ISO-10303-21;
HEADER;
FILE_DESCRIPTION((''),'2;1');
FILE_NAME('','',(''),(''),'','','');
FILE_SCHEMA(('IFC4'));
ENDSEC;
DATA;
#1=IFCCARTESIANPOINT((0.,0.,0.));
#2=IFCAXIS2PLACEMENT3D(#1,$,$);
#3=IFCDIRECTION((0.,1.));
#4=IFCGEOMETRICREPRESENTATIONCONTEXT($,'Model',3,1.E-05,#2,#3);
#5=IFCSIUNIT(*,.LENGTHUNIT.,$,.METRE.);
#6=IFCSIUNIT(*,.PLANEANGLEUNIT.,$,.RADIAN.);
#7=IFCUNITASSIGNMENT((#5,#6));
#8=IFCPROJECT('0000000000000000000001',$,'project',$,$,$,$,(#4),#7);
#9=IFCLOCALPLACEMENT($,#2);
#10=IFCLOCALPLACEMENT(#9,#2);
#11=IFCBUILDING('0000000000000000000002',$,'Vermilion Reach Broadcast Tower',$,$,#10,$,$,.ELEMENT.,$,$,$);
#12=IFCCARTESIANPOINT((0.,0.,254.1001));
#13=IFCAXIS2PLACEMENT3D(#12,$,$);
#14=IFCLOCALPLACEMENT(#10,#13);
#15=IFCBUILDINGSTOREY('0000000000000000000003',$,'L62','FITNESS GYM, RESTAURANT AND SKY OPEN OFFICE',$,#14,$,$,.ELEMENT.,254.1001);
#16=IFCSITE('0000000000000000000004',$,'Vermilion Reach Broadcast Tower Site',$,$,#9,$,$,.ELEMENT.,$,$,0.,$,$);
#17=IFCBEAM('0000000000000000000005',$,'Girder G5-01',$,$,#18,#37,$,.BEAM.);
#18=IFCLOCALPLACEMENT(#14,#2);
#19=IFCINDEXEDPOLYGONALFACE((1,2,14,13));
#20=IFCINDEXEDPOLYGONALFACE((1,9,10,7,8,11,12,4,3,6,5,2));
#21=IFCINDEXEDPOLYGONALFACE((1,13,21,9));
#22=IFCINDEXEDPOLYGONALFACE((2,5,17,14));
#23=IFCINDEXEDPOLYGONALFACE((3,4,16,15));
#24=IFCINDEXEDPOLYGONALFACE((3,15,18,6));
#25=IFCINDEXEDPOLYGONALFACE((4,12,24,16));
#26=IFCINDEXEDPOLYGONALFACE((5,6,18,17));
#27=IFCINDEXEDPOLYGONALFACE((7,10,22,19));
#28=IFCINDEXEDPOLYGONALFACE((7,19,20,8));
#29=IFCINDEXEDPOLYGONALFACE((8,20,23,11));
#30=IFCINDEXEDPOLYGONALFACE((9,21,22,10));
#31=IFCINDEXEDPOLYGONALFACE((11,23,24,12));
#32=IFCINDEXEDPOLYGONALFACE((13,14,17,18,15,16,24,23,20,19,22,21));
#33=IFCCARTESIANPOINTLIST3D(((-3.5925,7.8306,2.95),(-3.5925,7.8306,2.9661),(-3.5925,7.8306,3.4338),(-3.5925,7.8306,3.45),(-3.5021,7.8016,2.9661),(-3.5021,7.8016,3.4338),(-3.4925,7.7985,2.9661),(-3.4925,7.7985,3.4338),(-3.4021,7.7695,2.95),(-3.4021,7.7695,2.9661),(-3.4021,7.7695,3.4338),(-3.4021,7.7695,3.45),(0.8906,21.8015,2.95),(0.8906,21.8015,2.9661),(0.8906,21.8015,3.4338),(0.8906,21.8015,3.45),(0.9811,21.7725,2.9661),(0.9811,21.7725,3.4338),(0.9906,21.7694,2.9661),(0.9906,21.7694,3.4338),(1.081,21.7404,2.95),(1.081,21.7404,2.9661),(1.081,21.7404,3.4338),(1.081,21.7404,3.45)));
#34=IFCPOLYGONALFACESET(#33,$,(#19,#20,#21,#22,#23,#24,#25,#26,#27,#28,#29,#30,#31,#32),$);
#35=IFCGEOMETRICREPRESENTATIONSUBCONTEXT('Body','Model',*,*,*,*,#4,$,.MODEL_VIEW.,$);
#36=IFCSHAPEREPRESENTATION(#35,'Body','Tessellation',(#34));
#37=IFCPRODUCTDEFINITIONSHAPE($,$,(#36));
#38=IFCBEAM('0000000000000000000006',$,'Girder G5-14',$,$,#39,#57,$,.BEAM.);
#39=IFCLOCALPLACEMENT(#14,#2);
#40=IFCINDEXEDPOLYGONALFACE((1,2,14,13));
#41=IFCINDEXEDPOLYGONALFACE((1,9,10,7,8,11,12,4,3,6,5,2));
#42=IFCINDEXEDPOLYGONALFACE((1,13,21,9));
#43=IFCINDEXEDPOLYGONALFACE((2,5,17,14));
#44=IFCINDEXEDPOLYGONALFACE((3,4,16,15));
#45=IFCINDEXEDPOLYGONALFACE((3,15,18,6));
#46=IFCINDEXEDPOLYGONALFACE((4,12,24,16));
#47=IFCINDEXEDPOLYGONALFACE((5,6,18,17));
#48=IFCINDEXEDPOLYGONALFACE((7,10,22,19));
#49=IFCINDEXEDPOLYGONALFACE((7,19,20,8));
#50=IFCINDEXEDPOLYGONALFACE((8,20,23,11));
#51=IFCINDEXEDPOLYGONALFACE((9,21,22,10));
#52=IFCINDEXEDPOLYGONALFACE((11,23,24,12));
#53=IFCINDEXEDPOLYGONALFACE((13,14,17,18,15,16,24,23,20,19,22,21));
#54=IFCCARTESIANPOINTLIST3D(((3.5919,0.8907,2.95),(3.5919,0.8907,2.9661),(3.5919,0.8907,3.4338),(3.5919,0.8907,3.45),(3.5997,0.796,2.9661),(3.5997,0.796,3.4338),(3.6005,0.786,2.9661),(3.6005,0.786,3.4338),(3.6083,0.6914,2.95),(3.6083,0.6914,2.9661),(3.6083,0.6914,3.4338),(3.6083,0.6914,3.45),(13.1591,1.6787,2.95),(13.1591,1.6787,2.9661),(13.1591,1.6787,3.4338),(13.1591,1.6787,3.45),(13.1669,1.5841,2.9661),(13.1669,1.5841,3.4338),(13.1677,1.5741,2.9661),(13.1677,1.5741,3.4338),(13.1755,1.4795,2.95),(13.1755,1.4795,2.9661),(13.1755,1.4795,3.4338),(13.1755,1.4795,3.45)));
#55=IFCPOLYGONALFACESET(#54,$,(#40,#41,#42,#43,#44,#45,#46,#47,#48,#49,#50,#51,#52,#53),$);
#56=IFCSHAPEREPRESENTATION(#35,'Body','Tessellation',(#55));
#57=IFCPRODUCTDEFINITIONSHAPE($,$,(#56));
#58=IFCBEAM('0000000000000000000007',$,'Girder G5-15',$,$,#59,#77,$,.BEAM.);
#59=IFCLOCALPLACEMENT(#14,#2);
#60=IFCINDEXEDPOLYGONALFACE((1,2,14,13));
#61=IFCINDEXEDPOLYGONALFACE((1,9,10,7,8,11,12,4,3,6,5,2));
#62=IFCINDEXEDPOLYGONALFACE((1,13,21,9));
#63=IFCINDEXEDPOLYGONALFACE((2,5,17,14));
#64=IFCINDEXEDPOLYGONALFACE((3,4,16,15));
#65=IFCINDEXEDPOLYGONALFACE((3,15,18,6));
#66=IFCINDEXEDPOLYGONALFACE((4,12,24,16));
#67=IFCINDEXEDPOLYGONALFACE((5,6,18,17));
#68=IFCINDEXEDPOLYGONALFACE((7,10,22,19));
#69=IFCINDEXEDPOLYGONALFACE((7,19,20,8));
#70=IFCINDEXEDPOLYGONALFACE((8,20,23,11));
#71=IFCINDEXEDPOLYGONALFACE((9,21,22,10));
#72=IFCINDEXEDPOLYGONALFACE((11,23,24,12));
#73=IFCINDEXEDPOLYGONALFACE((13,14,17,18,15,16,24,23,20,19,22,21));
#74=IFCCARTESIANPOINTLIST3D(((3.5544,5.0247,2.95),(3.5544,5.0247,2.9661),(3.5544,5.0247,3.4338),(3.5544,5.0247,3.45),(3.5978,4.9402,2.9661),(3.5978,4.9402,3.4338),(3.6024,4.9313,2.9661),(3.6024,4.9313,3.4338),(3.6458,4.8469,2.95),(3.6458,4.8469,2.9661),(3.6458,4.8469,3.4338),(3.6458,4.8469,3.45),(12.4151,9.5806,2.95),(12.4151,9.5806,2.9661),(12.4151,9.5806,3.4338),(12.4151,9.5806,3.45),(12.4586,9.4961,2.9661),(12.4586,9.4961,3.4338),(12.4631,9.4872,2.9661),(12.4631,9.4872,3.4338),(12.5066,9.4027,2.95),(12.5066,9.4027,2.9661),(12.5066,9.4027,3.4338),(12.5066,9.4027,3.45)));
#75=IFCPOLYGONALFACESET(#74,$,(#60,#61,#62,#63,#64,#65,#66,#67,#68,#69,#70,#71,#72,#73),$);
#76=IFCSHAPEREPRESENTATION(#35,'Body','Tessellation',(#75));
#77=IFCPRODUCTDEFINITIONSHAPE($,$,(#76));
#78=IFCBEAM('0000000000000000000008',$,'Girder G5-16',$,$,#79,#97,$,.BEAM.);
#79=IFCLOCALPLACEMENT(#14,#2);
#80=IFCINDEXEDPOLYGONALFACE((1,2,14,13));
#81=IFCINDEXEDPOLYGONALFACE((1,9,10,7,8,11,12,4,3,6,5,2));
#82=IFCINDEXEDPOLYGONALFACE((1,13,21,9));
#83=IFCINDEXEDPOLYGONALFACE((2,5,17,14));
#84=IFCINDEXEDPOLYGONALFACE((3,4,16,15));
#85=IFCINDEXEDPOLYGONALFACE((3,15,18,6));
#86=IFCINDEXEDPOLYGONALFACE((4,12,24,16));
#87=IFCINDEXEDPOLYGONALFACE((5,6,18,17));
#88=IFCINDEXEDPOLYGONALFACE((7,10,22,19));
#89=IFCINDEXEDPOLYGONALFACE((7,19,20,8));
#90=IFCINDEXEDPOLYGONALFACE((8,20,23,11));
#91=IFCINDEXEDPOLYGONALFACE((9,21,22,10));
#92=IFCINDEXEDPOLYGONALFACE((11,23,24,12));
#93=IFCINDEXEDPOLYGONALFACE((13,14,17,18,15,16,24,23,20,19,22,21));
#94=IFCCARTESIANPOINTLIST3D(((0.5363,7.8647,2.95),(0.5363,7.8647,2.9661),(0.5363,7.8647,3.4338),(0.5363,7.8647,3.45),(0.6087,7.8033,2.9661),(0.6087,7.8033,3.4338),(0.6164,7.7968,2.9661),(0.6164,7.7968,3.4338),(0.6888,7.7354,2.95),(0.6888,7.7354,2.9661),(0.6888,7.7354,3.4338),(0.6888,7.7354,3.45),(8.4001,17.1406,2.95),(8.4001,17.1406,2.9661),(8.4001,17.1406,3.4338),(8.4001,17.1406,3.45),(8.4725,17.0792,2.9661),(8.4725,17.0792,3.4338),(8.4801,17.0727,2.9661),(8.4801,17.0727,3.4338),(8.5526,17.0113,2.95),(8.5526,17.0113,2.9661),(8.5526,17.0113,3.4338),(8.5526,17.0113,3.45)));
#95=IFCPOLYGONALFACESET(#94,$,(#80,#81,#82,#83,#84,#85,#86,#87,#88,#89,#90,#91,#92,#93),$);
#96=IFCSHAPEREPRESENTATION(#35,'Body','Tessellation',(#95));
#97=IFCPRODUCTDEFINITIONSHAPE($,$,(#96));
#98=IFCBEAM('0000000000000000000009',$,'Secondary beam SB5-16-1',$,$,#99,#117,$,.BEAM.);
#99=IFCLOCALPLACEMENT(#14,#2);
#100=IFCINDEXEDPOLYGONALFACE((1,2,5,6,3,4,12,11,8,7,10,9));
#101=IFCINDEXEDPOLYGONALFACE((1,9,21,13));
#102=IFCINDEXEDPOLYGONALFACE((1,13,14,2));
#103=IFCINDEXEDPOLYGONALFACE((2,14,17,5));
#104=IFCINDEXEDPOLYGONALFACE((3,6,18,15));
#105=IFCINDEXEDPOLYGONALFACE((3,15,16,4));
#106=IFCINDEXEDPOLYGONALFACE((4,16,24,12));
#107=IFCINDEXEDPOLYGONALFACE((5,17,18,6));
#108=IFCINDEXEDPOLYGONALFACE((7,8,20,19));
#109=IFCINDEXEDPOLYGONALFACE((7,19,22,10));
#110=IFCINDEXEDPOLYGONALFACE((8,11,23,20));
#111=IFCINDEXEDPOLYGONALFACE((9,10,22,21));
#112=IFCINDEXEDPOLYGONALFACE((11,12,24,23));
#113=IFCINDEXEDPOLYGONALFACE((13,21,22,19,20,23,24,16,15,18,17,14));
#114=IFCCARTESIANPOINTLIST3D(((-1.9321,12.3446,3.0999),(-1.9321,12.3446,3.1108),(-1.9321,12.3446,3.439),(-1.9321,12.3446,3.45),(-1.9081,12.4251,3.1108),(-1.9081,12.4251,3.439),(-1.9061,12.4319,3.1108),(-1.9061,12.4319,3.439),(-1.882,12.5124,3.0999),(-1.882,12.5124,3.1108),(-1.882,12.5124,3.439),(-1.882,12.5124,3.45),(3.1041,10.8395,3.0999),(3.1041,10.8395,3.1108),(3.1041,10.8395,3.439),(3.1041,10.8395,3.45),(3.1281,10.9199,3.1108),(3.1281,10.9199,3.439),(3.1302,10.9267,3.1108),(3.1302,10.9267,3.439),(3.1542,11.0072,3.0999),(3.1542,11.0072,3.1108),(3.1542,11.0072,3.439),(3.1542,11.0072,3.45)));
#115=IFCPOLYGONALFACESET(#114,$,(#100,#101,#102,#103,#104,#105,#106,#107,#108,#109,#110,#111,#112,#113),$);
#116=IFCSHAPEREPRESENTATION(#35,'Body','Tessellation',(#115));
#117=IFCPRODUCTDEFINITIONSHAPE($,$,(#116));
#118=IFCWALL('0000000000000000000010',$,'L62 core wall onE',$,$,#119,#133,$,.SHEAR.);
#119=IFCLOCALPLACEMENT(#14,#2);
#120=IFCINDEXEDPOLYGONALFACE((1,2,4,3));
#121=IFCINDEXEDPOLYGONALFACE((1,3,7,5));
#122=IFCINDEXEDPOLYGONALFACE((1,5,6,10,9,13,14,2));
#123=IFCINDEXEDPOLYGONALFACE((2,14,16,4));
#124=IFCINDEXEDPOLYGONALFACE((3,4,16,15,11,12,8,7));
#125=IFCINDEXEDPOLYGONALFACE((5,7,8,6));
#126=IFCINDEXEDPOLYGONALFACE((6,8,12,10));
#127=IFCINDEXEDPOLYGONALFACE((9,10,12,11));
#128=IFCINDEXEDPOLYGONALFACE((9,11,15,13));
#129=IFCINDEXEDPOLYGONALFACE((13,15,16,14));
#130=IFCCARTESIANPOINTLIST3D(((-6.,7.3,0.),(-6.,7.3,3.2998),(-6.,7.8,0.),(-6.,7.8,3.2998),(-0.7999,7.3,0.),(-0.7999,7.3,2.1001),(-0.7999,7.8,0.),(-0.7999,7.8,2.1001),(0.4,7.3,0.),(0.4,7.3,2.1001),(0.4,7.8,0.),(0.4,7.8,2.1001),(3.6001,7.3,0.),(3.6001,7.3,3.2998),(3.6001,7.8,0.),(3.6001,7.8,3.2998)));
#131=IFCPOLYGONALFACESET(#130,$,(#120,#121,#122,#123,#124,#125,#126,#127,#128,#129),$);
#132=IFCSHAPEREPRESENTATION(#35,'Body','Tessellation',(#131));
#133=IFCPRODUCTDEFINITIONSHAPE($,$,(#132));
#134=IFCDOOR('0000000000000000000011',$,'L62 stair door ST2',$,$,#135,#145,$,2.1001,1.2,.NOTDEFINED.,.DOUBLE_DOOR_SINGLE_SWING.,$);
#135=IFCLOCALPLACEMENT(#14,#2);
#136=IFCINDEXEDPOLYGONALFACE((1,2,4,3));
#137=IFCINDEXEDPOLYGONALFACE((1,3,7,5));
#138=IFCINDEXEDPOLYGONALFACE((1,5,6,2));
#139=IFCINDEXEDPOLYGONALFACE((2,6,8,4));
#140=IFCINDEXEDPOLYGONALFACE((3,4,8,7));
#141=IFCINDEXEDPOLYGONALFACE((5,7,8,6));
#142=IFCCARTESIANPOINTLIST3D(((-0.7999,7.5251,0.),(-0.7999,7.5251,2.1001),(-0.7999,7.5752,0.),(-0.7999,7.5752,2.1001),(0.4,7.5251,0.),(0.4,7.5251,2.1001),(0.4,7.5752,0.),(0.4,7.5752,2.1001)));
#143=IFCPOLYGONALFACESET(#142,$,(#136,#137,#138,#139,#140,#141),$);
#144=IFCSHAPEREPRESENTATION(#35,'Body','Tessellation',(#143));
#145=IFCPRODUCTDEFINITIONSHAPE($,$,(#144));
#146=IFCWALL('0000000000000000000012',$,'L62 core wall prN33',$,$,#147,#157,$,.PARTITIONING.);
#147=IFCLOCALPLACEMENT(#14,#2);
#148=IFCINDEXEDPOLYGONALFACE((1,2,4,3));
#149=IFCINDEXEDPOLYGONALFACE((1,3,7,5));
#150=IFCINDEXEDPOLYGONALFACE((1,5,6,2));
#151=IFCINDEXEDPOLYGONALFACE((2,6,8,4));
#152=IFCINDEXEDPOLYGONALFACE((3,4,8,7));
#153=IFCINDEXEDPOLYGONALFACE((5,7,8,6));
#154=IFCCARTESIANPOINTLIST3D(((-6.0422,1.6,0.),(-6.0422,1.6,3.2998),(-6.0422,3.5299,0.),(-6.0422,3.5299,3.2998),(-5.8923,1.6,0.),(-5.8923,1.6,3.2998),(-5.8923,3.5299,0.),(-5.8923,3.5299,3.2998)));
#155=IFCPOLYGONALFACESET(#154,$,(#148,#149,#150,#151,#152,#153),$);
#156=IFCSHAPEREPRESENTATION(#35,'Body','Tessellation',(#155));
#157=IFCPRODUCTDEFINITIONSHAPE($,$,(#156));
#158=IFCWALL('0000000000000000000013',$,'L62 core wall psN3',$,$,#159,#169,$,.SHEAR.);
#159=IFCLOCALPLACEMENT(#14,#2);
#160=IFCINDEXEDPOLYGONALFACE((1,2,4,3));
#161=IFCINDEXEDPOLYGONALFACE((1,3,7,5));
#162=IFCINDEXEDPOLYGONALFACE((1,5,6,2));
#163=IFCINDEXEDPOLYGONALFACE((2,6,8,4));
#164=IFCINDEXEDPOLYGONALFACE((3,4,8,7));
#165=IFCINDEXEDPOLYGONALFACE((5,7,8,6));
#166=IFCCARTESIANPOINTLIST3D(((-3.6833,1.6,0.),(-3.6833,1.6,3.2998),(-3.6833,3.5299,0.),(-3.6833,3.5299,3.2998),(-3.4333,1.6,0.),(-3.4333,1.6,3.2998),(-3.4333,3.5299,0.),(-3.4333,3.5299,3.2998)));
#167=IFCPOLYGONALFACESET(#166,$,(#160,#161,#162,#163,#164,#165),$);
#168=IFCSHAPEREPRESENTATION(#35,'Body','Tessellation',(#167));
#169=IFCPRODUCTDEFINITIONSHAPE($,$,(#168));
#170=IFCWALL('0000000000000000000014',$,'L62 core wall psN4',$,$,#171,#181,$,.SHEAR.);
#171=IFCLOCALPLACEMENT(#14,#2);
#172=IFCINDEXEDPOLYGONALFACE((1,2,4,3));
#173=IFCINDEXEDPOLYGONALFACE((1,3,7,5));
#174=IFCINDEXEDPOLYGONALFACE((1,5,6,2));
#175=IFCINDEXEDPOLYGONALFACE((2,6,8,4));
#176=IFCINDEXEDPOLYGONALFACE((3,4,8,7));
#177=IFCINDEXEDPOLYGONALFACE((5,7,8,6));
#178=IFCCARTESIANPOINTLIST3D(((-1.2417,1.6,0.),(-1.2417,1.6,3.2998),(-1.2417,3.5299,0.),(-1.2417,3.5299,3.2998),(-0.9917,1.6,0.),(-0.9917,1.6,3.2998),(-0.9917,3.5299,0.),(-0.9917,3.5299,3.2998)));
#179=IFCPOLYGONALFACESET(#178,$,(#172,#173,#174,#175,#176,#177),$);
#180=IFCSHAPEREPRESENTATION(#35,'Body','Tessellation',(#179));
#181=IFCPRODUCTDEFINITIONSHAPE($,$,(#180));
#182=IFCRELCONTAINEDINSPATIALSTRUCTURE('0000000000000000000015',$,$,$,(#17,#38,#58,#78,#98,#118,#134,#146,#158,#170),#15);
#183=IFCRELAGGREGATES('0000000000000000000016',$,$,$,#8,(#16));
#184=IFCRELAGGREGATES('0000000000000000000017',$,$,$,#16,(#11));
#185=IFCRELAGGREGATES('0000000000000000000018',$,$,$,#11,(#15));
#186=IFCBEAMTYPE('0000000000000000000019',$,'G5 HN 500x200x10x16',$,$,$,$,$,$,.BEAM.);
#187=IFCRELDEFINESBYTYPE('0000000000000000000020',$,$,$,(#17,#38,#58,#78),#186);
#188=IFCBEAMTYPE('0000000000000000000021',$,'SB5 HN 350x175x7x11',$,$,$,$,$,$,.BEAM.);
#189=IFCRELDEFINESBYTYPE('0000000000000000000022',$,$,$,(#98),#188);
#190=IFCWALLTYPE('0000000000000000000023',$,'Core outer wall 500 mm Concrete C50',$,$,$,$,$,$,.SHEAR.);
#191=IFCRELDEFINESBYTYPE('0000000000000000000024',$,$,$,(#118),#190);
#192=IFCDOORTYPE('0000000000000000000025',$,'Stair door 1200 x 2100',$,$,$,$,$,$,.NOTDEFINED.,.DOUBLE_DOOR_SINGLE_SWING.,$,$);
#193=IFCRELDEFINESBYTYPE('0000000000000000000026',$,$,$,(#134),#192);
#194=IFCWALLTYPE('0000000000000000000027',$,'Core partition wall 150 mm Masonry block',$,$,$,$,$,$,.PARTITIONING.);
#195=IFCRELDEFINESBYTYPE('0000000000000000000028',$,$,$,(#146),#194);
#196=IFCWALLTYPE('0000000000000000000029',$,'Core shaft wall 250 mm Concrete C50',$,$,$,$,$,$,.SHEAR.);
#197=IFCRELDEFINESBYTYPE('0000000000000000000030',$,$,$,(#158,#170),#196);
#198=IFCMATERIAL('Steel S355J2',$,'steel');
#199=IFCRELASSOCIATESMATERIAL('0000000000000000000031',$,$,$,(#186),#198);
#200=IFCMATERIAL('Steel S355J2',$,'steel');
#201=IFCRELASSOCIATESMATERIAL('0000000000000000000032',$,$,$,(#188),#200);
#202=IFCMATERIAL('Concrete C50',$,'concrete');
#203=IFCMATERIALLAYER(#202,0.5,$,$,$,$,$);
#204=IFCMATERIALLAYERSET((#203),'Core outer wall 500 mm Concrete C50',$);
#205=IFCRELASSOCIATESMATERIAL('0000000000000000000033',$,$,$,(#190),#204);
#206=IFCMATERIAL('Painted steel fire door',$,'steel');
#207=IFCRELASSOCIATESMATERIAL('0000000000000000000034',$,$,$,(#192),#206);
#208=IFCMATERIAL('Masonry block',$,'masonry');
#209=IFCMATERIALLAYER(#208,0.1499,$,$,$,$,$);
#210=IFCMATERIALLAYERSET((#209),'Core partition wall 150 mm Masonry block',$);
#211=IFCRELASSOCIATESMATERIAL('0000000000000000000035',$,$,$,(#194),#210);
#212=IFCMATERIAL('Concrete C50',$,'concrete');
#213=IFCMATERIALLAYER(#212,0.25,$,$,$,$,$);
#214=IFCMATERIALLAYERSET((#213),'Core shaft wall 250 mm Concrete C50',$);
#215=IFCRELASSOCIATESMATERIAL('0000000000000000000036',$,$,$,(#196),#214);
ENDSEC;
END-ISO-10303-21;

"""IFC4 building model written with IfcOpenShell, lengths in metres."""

from ifc_helpers import new_model, si_unit, direction, frame, frame_2d, origin, origin_2d, place, context, subcontext, project, spatial, rectangle, i_section, extrude, material, layer, layer_set, material_profile, profile_set, type_object, element, fill, save


model = new_model("IFC4")

# Units and contexts
model_context = context("Model", 3, precision=1e-05, world=origin(), true_north=direction((0.0, 1.0)))
body_context = subcontext(model_context, "Body", "Model", "MODEL_VIEW")
ifc_project = project(units=[si_unit("LENGTHUNIT", "METRE"), si_unit("PLANEANGLEUNIT", "RADIAN")], contexts=[model_context])

# Site, building, storey
site_placement = place(None, origin())
site = spatial("IfcSite", under=ifc_project, at=site_placement, Name="Vermilion Reach Broadcast Tower Site", CompositionType="ELEMENT", RefElevation=0.0)
building_placement = place(site_placement, origin())
building = spatial("IfcBuilding", under=site, at=building_placement, Name="Vermilion Reach Broadcast Tower", CompositionType="ELEMENT")
storey_placement = place(building_placement, frame((0.0, 0.0, 254.1001)))
storey = spatial("IfcBuildingStorey", under=building, at=storey_placement, Name="L62", Description="FITNESS GYM, RESTAURANT AND SKY OPEN OFFICE", CompositionType="ELEMENT", Elevation=254.1001)

# Beams
ifc_material_1 = material(Name="Steel S355J2", Category="steel")
ifc_material_profile_1 = material_profile(ifc_material_1, i_section(OverallWidth=0.2, OverallDepth=0.5, WebThickness=0.01, FlangeThickness=0.0161, at=origin_2d()), Name="S355J2 HN 500x200x10x16")
ifc_profile_set_1 = profile_set([ifc_material_profile_1], Name="Steel S355J2")
beam_type_1 = type_object("IfcBeamType", Name="G5 HN 500x200x10x16", PredefinedType="BEAM", material=ifc_profile_set_1)
beam_1_placement = place(storey_placement, frame((-3.4973, 7.8, 3.2), z_axis=(0.305545, 0.952178, 0.0), x_axis=(-0.952178, 0.305545, 0.0)))
element("IfcBeam", 1, at=beam_1_placement, inside=storey, type_object=beam_type_1, Name="Girder G5-01", PredefinedType="BEAM", context=body_context, shape_type="SweptSolid", body=[
    extrude(i_section(OverallWidth=0.2, OverallDepth=0.5, WebThickness=0.01, FlangeThickness=0.0161, at=origin_2d()), origin(), (0.0, 0.0, 1.0), 14.6726),
])
beam_2_placement = place(storey_placement, frame((3.6001, 0.791, 3.2), z_axis=(0.996624, 0.082096, 0.0), x_axis=(-0.082096, 0.996624, 0.0)))
element("IfcBeam", 2, at=beam_2_placement, inside=storey, type_object=beam_type_1, Name="Girder G5-14", PredefinedType="BEAM", context=body_context, shape_type="SweptSolid", body=[
    extrude(i_section(OverallWidth=0.2, OverallDepth=0.5, WebThickness=0.01, FlangeThickness=0.0161, at=origin_2d()), origin(), (0.0, 0.0, 1.0), 9.5996),
])
beam_3_placement = place(storey_placement, frame((3.6001, 4.9358, 3.2), z_axis=(0.889333, 0.457261, 0.0), x_axis=(-0.457261, 0.889333, 0.0)))
element("IfcBeam", 3, at=beam_3_placement, inside=storey, type_object=beam_type_1, Name="Girder G5-15", PredefinedType="BEAM", context=body_context, shape_type="SweptSolid", body=[
    extrude(i_section(OverallWidth=0.2, OverallDepth=0.5, WebThickness=0.01, FlangeThickness=0.0161, at=origin_2d()), origin(), (0.0, 0.0, 1.0), 9.9634),
])
beam_4_placement = place(storey_placement, frame((0.6125, 7.8, 3.2), z_axis=(0.646658, 0.76278, 0.0), x_axis=(-0.76278, 0.646658, 0.0)))
element("IfcBeam", 4, at=beam_4_placement, inside=storey, type_object=beam_type_1, Name="Girder G5-16", PredefinedType="BEAM", context=body_context, shape_type="SweptSolid", body=[
    extrude(i_section(OverallWidth=0.2, OverallDepth=0.5, WebThickness=0.01, FlangeThickness=0.0161, at=origin_2d()), origin(), (0.0, 0.0, 1.0), 12.1606),
])
ifc_material_2 = material(Name="Steel S355J2", Category="steel")
ifc_material_profile_2 = material_profile(ifc_material_2, i_section(OverallWidth=0.175, OverallDepth=0.3501, WebThickness=0.0071, FlangeThickness=0.011, at=origin_2d()), Name="S355J2 HN 350x175x7x11")
ifc_profile_set_2 = profile_set([ifc_material_profile_2], Name="Steel S355J2")
beam_type_2 = type_object("IfcBeamType", Name="SB5 HN 350x175x7x11", PredefinedType="BEAM", material=ifc_profile_set_2)
beam_5_placement = place(storey_placement, frame((3.1292, 10.9233, 3.2749), z_axis=(-0.958125, 0.286351, 0.0), x_axis=(-0.286351, -0.958125, 0.0)))
element("IfcBeam", 5, at=beam_5_placement, inside=storey, type_object=beam_type_2, Name="Secondary beam SB5-16-1", PredefinedType="BEAM", context=body_context, shape_type="SweptSolid", body=[
    extrude(i_section(OverallWidth=0.175, OverallDepth=0.3501, WebThickness=0.0071, FlangeThickness=0.011, at=origin_2d()), origin(), (0.0, 0.0, 1.0), 5.2563),
])

# Wall, opening, door
ifc_material_3 = material(Name="Concrete C50", Category="concrete")
ifc_layer_1 = layer(ifc_material_3, 0.5)
ifc_layer_set_1 = layer_set([ifc_layer_1], Name="Core outer wall 500 mm Concrete C50")
wall_type_1 = type_object("IfcWallType", Name="Core outer wall 500 mm Concrete C50", PredefinedType="SHEAR", material=ifc_layer_set_1)
wall_1_placement = place(storey_placement, frame((3.6001, 7.55, 0.0), z_axis=(0.0, 0.0, 1.0), x_axis=(-1.0, 0.0, 0.0)))
wall_1 = element("IfcWall", 6, at=wall_1_placement, inside=storey, type_object=wall_type_1, Name="L62 core wall onE", PredefinedType="SHEAR", context=body_context, shape_type="SweptSolid", body=[
    extrude(rectangle(XDim=9.6001, YDim=0.5, at=frame_2d((4.8, 0.0))), origin(), (0.0, 0.0, 1.0), 3.2998),
])
opening_placement = place(wall_1_placement, frame((3.2, 0.0, 0.0)))
opening = element("IfcOpeningElement", 7, at=opening_placement, cuts=wall_1, PredefinedType="OPENING", context=body_context, shape_type="SweptSolid", body=[
    extrude(rectangle(XDim=1.2, YDim=2.1001, at=frame_2d((0.6001, 1.05))), frame((0.0, 0.26, 0.0), z_axis=(0.0, -1.0, 0.0), x_axis=(1.0, 0.0, 0.0)), (0.0, 0.0, 1.0), 0.52),
])
ifc_material_4 = material(Name="Painted steel fire door", Category="steel")
door_type = type_object("IfcDoorType", Name="Stair door 1200 x 2100", OperationType="DOUBLE_DOOR_SINGLE_SWING", PredefinedType="NOTDEFINED", material=ifc_material_4)
door_placement = place(opening_placement, origin())
door = element("IfcDoor", 8, at=door_placement, inside=storey, type_object=door_type, Name="L62 stair door ST2", OperationType="DOUBLE_DOOR_SINGLE_SWING", OverallHeight=2.1001, OverallWidth=1.2, PredefinedType="NOTDEFINED", context=body_context, shape_type="SweptSolid", body=[
    extrude(rectangle(XDim=1.2, YDim=2.1001, at=frame_2d((0.6001, 1.05))), frame((0.0, 0.0249, 0.0), z_axis=(0.0, -1.0, 0.0), x_axis=(1.0, 0.0, 0.0)), (0.0, 0.0, 1.0), 0.05),
])
fill(opening, door)

# Walls
ifc_material_5 = material(Name="Masonry block", Category="masonry")
ifc_layer_2 = layer(ifc_material_5, 0.1499)
ifc_layer_set_2 = layer_set([ifc_layer_2], Name="Core partition wall 150 mm Masonry block")
wall_type_2 = type_object("IfcWallType", Name="Core partition wall 150 mm Masonry block", PredefinedType="PARTITIONING", material=ifc_layer_set_2)
wall_2_placement = place(storey_placement, frame((-5.9673, 1.6001, 0.0), z_axis=(0.0, 0.0, 1.0), x_axis=(0.0, 1.0, 0.0)))
element("IfcWall", 9, at=wall_2_placement, inside=storey, type_object=wall_type_2, Name="L62 core wall prN33", PredefinedType="PARTITIONING", context=body_context, shape_type="SweptSolid", body=[
    extrude(rectangle(XDim=1.9299, YDim=0.1499, at=frame_2d((0.9648, 0.0))), origin(), (0.0, 0.0, 1.0), 3.2998),
])
ifc_material_6 = material(Name="Concrete C50", Category="concrete")
ifc_layer_3 = layer(ifc_material_6, 0.25)
ifc_layer_set_3 = layer_set([ifc_layer_3], Name="Core shaft wall 250 mm Concrete C50")
wall_type_3 = type_object("IfcWallType", Name="Core shaft wall 250 mm Concrete C50", PredefinedType="SHEAR", material=ifc_layer_set_3)
for number, where, z_axis, x_axis, name in (
    (10, (-3.5583, 1.6001, 0.0), (0.0, 0.0, 1.0), (0.0, 1.0, 0.0), "L62 core wall psN3"),
    (11, (-1.1167, 1.6001, 0.0), (0.0, 0.0, 1.0), (0.0, 1.0, 0.0), "L62 core wall psN4"),
):
    element("IfcWall", number, at=place(storey_placement, frame(where, z_axis=z_axis, x_axis=x_axis)), inside=storey, type_object=wall_type_3, Name=name, PredefinedType="SHEAR", context=body_context, shape_type="SweptSolid", body=[
        extrude(rectangle(XDim=1.9299, YDim=0.25, at=frame_2d((0.9648, 0.0))), origin(), (0.0, 0.0, 1.0), 3.2998),
    ])

save(model, "model.ifc")
